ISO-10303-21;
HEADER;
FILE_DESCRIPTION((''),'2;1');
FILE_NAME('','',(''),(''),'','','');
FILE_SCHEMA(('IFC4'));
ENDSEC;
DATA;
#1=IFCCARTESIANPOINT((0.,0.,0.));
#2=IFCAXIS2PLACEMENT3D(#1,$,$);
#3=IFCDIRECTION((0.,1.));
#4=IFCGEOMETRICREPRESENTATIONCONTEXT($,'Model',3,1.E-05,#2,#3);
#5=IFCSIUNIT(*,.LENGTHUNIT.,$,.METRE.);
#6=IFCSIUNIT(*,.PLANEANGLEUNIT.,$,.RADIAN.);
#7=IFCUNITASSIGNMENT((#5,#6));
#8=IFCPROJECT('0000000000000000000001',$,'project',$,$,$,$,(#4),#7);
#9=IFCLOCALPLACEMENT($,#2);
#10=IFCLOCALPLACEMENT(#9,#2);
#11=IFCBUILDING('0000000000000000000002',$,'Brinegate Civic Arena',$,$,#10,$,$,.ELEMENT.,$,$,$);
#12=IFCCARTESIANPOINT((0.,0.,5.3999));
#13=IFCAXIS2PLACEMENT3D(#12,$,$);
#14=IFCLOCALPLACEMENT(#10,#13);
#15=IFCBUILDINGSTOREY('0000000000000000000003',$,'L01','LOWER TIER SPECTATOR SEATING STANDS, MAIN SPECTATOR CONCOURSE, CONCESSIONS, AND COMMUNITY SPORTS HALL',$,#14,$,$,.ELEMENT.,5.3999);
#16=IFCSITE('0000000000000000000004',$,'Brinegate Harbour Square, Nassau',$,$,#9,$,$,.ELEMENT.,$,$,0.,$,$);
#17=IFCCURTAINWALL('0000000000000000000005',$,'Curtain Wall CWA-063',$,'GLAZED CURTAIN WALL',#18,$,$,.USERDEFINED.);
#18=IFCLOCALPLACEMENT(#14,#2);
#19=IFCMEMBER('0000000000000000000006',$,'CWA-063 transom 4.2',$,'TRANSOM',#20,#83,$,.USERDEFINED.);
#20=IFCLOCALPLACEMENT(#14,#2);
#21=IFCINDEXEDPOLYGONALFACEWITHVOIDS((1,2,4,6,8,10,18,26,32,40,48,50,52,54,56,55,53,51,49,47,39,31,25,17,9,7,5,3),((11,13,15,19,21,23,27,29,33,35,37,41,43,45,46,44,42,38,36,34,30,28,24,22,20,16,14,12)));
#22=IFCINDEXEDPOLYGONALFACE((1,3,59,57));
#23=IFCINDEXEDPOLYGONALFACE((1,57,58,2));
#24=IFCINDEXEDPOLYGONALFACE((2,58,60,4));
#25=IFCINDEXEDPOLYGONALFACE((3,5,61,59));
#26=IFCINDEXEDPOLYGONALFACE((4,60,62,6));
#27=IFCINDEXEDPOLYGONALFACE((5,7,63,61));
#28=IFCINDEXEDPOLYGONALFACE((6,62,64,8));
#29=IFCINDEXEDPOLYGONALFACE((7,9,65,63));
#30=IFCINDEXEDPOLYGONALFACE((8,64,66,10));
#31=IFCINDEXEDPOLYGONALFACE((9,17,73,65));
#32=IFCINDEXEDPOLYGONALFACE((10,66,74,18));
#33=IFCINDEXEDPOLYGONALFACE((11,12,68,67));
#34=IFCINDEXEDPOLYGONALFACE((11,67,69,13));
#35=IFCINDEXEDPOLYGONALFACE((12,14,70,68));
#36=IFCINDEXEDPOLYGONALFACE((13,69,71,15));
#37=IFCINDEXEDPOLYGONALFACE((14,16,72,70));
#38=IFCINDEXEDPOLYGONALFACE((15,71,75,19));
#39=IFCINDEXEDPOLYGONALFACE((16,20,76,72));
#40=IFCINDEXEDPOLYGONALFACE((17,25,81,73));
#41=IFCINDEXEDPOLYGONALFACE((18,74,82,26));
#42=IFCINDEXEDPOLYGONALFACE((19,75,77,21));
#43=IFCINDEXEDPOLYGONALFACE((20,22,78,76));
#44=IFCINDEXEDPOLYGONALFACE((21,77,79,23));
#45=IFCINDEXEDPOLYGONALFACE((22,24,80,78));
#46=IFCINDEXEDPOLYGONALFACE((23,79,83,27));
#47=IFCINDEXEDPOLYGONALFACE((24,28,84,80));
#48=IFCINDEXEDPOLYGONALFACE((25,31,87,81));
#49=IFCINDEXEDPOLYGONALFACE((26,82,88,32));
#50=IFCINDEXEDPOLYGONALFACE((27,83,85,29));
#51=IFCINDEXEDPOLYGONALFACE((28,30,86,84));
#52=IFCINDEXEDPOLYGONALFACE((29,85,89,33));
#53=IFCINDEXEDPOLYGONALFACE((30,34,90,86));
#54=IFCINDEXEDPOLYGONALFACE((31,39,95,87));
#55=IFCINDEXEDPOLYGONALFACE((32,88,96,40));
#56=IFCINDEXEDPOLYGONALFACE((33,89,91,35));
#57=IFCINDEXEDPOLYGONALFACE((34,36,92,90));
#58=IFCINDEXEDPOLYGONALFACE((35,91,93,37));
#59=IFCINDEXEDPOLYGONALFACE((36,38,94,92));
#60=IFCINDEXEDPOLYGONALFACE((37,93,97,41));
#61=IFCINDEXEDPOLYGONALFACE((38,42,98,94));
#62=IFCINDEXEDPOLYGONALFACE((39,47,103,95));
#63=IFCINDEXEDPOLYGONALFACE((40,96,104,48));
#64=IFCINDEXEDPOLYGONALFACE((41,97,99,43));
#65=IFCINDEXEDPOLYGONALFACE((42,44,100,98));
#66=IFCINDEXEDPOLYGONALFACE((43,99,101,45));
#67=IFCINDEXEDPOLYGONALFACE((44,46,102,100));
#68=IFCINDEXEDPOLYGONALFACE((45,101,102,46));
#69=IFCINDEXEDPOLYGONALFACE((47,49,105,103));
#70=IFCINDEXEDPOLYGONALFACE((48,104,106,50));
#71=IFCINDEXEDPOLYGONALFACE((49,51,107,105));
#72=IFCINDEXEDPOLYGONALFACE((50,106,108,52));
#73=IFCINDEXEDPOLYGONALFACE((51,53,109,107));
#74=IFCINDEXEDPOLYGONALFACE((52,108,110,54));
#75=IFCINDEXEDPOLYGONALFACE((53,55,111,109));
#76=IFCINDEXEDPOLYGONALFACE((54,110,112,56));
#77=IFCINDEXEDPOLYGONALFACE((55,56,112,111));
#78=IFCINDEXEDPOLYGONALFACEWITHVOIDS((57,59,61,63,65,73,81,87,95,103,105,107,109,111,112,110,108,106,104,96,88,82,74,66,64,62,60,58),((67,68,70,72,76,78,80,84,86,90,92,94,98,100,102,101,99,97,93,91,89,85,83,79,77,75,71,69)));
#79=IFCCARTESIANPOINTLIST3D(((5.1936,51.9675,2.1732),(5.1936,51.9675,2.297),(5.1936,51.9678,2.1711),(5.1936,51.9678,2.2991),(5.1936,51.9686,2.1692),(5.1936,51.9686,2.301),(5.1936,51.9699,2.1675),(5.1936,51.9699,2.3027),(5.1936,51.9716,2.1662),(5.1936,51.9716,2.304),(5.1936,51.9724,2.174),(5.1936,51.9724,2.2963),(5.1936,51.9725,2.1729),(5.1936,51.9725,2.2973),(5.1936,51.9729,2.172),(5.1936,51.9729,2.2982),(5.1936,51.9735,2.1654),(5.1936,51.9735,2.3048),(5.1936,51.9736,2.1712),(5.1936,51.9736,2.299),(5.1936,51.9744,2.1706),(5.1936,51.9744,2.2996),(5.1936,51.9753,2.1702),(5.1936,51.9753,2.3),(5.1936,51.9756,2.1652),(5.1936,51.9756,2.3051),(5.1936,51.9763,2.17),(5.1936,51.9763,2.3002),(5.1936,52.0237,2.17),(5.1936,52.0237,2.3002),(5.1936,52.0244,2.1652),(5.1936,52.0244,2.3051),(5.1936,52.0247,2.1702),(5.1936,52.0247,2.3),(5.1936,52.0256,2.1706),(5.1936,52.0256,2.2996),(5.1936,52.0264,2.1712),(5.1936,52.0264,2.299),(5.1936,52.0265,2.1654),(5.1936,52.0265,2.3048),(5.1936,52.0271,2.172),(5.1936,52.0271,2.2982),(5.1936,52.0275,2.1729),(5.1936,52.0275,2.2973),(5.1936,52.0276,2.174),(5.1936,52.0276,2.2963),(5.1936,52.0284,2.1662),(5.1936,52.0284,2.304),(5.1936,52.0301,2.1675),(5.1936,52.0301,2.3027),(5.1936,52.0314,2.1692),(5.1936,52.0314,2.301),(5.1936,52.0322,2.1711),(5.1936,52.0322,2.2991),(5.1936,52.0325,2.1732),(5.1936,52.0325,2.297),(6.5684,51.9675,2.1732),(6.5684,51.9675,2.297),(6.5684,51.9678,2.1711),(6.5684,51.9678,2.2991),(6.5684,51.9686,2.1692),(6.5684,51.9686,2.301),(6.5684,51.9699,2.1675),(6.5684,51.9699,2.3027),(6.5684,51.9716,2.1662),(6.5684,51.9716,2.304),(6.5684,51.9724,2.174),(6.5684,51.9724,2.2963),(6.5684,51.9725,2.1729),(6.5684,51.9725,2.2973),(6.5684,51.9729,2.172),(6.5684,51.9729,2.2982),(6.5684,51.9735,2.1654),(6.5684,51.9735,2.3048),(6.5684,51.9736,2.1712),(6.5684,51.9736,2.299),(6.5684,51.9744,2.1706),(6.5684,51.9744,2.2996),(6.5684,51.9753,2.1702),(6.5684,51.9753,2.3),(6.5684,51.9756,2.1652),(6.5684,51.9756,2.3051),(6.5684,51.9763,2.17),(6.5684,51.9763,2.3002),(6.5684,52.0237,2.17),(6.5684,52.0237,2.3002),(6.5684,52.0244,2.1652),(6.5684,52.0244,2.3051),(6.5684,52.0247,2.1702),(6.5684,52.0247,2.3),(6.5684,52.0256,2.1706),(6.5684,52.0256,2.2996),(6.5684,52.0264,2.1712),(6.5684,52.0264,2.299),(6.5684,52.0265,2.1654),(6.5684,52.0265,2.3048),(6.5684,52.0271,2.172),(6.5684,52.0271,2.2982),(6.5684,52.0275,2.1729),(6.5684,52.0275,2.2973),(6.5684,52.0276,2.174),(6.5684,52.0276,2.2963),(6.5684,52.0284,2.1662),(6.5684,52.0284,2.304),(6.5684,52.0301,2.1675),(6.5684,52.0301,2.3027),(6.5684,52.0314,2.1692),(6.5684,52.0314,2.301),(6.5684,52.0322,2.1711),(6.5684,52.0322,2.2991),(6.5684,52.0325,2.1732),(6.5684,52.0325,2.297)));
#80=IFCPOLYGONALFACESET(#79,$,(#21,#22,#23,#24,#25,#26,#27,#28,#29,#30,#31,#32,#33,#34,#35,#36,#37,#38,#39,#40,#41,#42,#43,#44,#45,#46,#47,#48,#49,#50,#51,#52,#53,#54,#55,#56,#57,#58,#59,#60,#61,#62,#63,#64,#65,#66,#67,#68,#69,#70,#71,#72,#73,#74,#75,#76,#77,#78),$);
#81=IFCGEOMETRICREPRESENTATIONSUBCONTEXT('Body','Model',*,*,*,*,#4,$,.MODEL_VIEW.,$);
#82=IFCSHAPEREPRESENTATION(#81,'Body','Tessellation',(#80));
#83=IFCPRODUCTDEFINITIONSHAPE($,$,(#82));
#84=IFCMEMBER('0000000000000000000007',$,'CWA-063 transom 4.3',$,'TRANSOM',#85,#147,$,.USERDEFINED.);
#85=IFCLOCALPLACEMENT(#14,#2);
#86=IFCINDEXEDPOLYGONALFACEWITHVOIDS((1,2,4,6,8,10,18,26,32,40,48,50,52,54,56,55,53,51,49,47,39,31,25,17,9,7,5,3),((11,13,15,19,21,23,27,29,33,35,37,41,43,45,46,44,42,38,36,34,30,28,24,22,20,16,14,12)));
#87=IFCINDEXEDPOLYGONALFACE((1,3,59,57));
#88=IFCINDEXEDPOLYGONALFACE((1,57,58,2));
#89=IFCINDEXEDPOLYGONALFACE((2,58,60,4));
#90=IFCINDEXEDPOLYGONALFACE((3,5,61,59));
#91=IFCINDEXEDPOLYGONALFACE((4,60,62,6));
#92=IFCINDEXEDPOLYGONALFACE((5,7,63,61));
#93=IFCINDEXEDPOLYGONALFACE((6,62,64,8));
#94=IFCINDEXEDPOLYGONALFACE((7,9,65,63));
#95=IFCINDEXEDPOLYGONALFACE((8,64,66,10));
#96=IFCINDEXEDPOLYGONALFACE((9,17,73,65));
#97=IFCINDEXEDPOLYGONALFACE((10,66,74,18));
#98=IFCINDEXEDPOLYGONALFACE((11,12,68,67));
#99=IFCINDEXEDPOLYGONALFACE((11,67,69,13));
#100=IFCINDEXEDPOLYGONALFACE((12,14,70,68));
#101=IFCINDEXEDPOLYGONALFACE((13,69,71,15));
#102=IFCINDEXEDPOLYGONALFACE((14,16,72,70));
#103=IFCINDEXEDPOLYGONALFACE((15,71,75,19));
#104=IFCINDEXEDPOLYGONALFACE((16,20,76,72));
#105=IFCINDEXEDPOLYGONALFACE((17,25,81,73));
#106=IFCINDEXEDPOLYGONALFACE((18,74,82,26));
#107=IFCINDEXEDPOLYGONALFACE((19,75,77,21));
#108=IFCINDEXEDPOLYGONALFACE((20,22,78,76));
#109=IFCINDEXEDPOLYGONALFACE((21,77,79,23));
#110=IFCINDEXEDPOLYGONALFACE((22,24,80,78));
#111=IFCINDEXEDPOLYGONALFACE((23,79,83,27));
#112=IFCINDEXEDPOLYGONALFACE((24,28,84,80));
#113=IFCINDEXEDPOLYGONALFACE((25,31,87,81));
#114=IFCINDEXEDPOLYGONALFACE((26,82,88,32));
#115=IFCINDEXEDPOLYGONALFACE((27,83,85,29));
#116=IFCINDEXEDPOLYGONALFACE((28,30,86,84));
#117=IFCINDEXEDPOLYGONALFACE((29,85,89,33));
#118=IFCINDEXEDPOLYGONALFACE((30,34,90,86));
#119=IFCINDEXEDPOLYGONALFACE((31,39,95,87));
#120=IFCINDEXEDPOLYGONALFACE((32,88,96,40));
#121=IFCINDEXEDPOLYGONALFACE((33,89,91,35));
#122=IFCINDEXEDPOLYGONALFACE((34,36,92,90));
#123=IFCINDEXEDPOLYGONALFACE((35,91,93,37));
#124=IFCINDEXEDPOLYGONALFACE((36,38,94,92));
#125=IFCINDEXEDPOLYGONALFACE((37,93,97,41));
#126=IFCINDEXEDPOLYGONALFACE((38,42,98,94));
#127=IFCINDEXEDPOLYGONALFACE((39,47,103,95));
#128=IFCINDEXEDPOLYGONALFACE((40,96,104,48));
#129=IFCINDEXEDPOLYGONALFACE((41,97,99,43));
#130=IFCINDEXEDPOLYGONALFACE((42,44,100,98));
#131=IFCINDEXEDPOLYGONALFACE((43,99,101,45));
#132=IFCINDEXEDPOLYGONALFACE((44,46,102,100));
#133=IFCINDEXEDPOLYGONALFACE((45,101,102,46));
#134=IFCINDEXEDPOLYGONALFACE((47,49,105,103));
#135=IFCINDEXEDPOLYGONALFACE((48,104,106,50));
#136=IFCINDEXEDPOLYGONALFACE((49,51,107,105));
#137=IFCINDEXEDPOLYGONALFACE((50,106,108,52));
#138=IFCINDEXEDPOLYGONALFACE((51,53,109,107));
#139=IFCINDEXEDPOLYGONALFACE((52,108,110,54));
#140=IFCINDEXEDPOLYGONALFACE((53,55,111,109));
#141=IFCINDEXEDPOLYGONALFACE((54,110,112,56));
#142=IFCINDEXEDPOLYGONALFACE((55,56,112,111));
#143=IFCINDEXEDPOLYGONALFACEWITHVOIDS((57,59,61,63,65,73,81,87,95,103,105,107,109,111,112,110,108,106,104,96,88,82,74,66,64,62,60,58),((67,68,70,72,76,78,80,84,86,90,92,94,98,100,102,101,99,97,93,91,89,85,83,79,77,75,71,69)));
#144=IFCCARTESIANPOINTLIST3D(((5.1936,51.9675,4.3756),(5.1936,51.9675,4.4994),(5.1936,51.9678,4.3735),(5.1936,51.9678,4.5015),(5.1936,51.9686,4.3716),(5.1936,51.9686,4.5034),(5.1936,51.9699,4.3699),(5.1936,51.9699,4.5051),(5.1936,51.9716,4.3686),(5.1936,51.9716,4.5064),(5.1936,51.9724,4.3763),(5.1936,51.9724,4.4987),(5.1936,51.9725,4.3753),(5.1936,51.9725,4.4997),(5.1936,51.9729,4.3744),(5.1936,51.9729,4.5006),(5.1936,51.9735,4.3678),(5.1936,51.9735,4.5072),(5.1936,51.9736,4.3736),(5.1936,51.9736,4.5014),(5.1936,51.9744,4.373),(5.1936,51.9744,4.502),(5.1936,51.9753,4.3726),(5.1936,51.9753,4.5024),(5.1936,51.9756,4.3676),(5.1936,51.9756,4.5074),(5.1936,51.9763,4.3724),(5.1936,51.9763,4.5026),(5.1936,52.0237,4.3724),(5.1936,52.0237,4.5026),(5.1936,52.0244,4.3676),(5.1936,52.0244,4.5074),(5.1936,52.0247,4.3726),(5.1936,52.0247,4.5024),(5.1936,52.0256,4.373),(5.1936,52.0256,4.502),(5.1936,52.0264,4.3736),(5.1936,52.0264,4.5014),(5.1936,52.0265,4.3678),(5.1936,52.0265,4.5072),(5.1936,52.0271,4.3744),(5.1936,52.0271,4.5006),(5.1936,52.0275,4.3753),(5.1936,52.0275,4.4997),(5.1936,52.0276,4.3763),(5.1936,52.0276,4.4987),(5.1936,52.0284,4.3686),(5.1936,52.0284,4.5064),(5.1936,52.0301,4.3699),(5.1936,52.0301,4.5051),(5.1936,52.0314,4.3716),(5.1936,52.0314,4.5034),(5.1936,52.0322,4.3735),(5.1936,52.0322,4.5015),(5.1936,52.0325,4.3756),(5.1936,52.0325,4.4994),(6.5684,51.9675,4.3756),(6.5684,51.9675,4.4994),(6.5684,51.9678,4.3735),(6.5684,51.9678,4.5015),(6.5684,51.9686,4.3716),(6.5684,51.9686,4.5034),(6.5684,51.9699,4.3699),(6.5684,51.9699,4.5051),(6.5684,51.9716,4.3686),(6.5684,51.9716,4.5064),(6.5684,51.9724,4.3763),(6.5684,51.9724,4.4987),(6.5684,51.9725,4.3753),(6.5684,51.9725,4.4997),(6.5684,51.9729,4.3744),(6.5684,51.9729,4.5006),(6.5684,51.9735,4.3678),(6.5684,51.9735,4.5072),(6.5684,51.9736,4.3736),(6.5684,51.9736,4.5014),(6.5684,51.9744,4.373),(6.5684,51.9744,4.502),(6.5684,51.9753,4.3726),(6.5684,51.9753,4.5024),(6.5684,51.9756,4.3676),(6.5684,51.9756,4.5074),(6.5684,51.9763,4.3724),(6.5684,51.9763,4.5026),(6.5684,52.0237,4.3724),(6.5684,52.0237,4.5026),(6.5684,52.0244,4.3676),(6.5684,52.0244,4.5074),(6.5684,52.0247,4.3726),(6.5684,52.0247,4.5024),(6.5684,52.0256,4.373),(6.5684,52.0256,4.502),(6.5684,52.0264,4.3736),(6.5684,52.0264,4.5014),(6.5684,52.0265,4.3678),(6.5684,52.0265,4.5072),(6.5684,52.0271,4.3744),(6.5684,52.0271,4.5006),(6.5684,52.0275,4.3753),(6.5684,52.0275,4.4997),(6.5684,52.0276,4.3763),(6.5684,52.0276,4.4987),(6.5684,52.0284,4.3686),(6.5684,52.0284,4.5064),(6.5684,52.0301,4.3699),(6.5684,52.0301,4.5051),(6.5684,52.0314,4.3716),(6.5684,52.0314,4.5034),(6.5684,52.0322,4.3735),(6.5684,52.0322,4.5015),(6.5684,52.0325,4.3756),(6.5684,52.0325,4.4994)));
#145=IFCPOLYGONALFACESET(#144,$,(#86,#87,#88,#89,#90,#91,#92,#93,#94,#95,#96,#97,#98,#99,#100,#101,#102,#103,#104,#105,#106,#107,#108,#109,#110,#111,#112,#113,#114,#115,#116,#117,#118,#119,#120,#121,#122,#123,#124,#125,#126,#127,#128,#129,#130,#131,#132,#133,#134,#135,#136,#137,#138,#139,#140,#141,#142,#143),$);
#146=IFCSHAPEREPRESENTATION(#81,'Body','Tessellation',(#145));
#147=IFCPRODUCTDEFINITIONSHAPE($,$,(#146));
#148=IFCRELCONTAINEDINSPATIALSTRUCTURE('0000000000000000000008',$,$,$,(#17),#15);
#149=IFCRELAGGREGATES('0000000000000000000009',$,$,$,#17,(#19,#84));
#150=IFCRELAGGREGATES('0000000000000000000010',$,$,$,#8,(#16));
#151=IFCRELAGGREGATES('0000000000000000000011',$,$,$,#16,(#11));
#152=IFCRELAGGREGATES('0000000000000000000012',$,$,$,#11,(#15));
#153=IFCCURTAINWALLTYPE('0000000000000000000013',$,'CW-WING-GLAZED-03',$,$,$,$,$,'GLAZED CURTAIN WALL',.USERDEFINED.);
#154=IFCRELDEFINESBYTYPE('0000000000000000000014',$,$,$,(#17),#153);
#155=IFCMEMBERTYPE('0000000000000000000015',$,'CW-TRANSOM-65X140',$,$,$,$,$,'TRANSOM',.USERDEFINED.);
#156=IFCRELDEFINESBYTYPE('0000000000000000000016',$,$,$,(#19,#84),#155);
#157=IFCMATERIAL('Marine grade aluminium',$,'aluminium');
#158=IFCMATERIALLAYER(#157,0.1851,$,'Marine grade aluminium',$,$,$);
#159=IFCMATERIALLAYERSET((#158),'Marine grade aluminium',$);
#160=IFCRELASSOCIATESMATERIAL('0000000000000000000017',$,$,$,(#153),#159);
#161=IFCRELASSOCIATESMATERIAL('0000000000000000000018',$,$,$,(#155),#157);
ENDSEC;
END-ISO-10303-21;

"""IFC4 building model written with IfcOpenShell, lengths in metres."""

from ifc_helpers import new_model, si_unit, direction, frame, origin, origin_2d, place, context, subcontext, project, spatial, hollow_rectangle, extrude, material, layer, layer_set, material_profile, profile_set, type_object, element, aggregate, save


model = new_model("IFC4")

# Units and contexts
model_context = context("Model", 3, precision=1e-05, world=origin(), true_north=direction((0.0, 1.0)))
body_context = subcontext(model_context, "Body", "Model", "MODEL_VIEW")
ifc_project = project(units=[si_unit("LENGTHUNIT", "METRE"), si_unit("PLANEANGLEUNIT", "RADIAN")], contexts=[model_context])

# Site, building, storey
site_placement = place(None, origin())
site = spatial("IfcSite", under=ifc_project, at=site_placement, Name="Brinegate Harbour Square, Nassau", CompositionType="ELEMENT", RefElevation=0.0)
building_placement = place(site_placement, origin())
building = spatial("IfcBuilding", under=site, at=building_placement, Name="Brinegate Civic Arena", CompositionType="ELEMENT")
storey_placement = place(building_placement, frame((0.0, 0.0, 5.3999)))
storey = spatial("IfcBuildingStorey", under=building, at=storey_placement, Name="L01", Description="LOWER TIER SPECTATOR SEATING STANDS, MAIN SPECTATOR CONCOURSE, CONCESSIONS, AND COMMUNITY SPORTS HALL", CompositionType="ELEMENT", Elevation=5.3999)

# Curtain wall, members
ifc_material_1 = material(Name="Marine grade aluminium", Category="aluminium")
ifc_layer_1 = layer(ifc_material_1, 0.1851, Name="Marine grade aluminium")
ifc_layer_set_1 = layer_set([ifc_layer_1], Name="Marine grade aluminium")
curtain_wall_type = type_object("IfcCurtainWallType", Name="CW-WING-GLAZED-03", ElementType="GLAZED CURTAIN WALL", PredefinedType="USERDEFINED", material=ifc_layer_set_1)
curtain_wall_placement = place(storey_placement, origin())
curtain_wall = element("IfcCurtainWall", 1, at=curtain_wall_placement, inside=storey, type_object=curtain_wall_type, Name="Curtain Wall CWA-063", ObjectType="GLAZED CURTAIN WALL", PredefinedType="USERDEFINED")
ifc_material_profile_1 = material_profile(ifc_material_1, hollow_rectangle(XDim=0.0649, YDim=0.1399, WallThickness=0.0049, InnerFilletRadius=0.0039, OuterFilletRadius=0.0081, at=origin_2d()), Name="TRN65X140")
ifc_profile_set_1 = profile_set([ifc_material_profile_1], Name="Marine grade aluminium")
member_type_1 = type_object("IfcMemberType", Name="CW-TRANSOM-65X140", ElementType="TRANSOM", PredefinedType="USERDEFINED", material=ifc_profile_set_1)
member_1_placement = place(storey_placement, frame((5.1936, 52.0, 2.2351), z_axis=(1.0, 0.0, 0.0), x_axis=(0.0, 1.0, 0.0)))
member_1 = element("IfcMember", 2, at=member_1_placement, type_object=member_type_1, Name="CWA-063 transom 4.2", ObjectType="TRANSOM", PredefinedType="USERDEFINED", context=body_context, shape_type="SweptSolid", body=[
    extrude(hollow_rectangle(XDim=0.0649, YDim=0.1399, WallThickness=0.0049, InnerFilletRadius=0.0039, OuterFilletRadius=0.0081, at=origin_2d()), origin(), (0.0, 0.0, 1.0), 1.3748),
])
member_2_placement = place(storey_placement, frame((5.1936, 52.0, 4.4375), z_axis=(1.0, 0.0, 0.0), x_axis=(0.0, 1.0, 0.0)))
member_2 = element("IfcMember", 3, at=member_2_placement, type_object=member_type_1, Name="CWA-063 transom 4.3", ObjectType="TRANSOM", PredefinedType="USERDEFINED", context=body_context, shape_type="SweptSolid", body=[
    extrude(hollow_rectangle(XDim=0.0649, YDim=0.1399, WallThickness=0.0049, InnerFilletRadius=0.0039, OuterFilletRadius=0.0081, at=origin_2d()), origin(), (0.0, 0.0, 1.0), 1.3748),
])
aggregate(curtain_wall, [member_1, member_2])

save(model, "model.ifc")
